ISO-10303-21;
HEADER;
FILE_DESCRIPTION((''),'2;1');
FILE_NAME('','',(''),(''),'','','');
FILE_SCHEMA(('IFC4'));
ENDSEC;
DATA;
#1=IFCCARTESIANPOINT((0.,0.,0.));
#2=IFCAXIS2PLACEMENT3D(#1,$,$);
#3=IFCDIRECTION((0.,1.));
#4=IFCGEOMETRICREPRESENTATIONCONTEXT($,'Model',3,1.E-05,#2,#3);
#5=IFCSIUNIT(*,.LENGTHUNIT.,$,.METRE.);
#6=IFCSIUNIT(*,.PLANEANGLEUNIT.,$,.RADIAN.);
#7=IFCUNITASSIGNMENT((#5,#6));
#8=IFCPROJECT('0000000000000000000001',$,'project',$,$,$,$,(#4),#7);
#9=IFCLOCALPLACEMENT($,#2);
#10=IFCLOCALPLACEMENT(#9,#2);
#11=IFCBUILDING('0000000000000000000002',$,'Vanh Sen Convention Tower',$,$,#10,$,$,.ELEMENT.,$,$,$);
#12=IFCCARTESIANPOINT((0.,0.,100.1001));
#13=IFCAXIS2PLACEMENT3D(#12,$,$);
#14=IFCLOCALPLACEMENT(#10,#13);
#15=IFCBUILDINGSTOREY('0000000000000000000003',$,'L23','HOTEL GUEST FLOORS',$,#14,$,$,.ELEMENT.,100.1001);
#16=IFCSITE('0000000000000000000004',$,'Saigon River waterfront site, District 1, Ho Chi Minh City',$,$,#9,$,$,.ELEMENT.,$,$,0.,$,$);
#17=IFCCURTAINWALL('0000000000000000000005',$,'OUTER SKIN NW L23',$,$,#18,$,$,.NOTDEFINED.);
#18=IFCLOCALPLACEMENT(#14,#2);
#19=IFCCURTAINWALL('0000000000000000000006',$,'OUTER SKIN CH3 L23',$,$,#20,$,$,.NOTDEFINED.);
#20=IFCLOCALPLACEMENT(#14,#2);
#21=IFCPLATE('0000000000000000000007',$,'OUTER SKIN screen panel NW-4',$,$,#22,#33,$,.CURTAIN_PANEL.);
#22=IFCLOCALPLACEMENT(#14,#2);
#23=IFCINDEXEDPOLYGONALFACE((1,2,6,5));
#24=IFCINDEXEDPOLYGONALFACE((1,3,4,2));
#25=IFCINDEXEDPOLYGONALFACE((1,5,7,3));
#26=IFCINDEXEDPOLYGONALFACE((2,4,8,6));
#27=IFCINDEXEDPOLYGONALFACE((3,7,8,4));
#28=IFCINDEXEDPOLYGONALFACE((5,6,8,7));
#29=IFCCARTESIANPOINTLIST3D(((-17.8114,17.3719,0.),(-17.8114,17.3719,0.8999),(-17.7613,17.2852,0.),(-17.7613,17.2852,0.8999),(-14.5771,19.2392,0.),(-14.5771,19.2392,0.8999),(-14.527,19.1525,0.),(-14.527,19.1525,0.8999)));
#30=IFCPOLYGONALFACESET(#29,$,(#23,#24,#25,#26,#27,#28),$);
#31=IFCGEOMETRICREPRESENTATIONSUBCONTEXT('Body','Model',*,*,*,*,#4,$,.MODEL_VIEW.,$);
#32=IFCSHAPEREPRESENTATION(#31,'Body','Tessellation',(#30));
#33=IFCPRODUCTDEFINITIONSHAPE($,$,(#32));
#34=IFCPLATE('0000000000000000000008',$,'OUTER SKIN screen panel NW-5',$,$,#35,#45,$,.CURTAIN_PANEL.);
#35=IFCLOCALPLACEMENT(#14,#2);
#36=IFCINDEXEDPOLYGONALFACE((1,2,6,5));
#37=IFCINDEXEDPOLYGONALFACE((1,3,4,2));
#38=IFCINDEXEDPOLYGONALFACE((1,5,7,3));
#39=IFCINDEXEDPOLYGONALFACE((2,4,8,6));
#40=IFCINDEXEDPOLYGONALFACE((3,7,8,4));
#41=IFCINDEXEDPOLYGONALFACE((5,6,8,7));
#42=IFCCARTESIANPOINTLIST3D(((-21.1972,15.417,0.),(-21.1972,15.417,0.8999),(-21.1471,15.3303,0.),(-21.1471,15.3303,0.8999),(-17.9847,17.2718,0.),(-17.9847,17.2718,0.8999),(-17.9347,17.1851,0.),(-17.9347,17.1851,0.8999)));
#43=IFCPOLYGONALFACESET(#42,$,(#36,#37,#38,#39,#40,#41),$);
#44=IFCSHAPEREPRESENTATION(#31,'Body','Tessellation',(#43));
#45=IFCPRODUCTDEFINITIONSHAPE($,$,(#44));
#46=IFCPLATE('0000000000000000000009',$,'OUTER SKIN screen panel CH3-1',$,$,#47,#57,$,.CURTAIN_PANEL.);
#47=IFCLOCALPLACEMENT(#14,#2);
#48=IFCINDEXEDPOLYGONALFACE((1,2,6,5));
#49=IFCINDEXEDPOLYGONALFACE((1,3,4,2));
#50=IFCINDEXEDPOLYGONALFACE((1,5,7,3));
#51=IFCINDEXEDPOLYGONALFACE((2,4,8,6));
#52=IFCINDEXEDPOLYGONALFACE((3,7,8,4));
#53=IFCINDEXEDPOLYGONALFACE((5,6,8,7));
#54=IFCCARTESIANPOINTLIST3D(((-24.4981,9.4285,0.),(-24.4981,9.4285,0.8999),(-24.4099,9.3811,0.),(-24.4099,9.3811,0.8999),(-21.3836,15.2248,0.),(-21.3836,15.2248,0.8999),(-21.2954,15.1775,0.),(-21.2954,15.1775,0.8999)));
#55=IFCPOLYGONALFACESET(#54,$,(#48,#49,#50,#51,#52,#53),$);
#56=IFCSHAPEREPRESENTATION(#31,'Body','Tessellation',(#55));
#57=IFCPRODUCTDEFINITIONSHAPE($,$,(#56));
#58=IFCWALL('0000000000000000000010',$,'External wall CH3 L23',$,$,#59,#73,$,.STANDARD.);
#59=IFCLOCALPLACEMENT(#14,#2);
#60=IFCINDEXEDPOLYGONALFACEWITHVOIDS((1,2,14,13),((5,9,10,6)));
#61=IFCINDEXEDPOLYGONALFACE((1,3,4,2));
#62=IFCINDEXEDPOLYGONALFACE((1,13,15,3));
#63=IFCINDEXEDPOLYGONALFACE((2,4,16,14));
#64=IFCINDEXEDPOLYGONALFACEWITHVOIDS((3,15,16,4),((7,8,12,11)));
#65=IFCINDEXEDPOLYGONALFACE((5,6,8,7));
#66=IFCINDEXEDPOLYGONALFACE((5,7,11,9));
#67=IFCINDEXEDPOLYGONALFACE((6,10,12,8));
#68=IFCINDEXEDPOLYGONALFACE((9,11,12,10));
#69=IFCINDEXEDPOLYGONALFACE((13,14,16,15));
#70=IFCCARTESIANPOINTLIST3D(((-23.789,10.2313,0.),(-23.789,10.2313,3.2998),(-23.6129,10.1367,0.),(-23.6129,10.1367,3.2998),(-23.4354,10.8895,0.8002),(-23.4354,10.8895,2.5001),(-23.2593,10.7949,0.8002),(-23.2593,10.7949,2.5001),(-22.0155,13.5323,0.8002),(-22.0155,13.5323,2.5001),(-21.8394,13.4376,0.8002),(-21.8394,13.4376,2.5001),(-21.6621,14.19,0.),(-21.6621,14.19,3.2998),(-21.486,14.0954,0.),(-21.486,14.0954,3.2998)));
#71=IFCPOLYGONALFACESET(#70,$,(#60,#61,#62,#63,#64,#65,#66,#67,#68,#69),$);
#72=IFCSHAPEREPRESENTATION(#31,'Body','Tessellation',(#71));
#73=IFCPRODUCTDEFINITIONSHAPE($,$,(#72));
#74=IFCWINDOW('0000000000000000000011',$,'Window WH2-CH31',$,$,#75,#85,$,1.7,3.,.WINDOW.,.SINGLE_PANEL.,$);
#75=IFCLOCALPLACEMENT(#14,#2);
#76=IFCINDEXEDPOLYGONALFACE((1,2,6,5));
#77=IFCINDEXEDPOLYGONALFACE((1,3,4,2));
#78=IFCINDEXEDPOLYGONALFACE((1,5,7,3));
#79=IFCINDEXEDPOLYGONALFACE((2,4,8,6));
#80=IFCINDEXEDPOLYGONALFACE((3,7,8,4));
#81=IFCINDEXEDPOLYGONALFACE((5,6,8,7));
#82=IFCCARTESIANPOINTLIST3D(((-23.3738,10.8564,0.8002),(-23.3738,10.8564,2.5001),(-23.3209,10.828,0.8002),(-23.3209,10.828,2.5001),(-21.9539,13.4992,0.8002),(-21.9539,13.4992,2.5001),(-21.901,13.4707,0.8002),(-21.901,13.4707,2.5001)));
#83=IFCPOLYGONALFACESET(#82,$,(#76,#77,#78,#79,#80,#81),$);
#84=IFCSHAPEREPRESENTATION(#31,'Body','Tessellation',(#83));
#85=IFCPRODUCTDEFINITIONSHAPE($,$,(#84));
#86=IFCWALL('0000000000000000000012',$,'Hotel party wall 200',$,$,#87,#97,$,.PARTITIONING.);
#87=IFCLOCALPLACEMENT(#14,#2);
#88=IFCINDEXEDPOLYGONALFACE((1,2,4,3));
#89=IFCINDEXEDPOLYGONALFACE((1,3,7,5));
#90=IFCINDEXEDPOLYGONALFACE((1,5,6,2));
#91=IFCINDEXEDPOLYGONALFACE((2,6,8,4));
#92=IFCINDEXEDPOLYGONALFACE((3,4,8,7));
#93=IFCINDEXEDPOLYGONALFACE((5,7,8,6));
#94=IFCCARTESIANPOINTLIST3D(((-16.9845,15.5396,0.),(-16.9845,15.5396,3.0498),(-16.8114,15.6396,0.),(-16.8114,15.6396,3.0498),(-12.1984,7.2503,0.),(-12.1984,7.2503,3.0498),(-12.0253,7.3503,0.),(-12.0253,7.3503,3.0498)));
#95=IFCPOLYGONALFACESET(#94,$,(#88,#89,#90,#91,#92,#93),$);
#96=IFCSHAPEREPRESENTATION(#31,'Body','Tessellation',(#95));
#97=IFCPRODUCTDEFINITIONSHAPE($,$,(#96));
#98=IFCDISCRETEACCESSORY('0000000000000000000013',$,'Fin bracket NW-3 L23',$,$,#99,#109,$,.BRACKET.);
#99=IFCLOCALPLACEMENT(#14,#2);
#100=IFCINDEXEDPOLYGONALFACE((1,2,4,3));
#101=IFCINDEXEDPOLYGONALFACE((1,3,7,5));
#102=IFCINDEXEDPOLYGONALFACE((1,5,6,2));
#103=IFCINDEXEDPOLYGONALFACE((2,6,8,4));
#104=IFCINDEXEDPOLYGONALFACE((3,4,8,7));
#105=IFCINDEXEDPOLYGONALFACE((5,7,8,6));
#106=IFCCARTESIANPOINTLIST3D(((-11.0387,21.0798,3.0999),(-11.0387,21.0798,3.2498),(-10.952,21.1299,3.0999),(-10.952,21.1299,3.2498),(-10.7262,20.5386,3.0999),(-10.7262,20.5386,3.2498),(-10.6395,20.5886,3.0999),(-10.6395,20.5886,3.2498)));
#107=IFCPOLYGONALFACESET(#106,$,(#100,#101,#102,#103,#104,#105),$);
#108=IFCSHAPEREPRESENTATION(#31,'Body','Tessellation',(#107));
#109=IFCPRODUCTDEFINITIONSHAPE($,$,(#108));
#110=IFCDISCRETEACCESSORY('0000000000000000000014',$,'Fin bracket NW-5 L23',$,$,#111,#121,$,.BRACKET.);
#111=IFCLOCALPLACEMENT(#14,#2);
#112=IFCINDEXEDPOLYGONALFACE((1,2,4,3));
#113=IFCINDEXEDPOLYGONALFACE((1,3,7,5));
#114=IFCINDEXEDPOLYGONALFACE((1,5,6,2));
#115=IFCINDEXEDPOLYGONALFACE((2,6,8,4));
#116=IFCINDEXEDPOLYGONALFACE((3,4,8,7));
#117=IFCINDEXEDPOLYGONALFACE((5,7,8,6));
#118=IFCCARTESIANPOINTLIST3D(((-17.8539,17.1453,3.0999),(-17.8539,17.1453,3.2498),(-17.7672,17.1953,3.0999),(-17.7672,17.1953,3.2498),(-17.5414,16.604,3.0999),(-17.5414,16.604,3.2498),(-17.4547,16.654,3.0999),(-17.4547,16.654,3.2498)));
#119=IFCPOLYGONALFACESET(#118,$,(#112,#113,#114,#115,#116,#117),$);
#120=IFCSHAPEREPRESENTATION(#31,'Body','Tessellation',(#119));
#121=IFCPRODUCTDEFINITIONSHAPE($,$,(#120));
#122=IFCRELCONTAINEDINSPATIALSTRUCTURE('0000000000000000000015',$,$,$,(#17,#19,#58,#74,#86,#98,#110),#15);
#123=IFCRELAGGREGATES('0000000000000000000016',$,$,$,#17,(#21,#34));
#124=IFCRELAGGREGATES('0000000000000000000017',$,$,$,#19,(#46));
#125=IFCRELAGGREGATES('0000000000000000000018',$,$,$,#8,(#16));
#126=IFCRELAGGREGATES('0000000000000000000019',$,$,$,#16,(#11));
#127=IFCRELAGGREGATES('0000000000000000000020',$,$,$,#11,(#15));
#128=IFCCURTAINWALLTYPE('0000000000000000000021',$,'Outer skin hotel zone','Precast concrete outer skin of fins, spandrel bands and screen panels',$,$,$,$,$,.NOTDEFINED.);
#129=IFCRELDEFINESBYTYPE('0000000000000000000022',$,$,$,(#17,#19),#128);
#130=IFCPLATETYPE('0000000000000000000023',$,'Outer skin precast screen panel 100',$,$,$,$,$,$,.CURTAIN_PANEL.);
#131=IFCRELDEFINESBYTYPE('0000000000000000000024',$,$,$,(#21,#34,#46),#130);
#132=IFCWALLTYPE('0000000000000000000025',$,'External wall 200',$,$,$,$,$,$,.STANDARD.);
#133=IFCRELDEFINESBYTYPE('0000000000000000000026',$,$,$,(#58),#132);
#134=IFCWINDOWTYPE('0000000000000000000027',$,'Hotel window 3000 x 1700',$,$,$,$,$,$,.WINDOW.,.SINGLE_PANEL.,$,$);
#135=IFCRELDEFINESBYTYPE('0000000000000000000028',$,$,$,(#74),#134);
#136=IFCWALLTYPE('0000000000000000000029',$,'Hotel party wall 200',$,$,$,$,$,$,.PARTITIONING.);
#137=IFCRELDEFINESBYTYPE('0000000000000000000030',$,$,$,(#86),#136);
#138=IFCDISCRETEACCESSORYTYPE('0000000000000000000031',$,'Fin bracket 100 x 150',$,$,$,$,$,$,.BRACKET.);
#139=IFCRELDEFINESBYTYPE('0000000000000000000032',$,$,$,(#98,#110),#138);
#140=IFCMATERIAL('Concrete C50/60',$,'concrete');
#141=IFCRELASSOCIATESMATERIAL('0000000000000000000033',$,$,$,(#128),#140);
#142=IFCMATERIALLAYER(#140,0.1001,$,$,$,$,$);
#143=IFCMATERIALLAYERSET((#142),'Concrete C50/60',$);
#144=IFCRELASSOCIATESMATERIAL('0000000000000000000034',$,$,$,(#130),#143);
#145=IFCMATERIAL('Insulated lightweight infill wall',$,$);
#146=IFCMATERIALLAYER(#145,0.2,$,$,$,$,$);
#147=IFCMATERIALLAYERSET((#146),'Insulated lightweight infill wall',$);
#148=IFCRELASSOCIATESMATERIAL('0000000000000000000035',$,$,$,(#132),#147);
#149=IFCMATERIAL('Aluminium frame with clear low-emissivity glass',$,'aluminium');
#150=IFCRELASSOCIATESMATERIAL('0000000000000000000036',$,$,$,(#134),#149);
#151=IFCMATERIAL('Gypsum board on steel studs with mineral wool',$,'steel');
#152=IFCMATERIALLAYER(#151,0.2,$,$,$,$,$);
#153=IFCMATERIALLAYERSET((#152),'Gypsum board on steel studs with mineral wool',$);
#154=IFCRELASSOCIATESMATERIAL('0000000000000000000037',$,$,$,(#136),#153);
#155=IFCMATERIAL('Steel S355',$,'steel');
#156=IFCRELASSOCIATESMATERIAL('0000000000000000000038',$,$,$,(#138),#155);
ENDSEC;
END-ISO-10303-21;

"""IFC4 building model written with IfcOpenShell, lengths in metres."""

from ifc_helpers import new_model, si_unit, direction, frame, frame_2d, origin, origin_2d, place, context, subcontext, project, spatial, rectangle, extrude, material, layer, layer_set, type_object, element, fill, aggregate, save


model = new_model("IFC4")

# Units and contexts
model_context = context("Model", 3, precision=1e-05, world=origin(), true_north=direction((0.0, 1.0)))
body_context = subcontext(model_context, "Body", "Model", "MODEL_VIEW")
ifc_project = project(units=[si_unit("LENGTHUNIT", "METRE"), si_unit("PLANEANGLEUNIT", "RADIAN")], contexts=[model_context])

# Site, building, storey
site_placement = place(None, origin())
site = spatial("IfcSite", under=ifc_project, at=site_placement, Name="Saigon River waterfront site, District 1, Ho Chi Minh City", CompositionType="ELEMENT", RefElevation=0.0)
building_placement = place(site_placement, origin())
building = spatial("IfcBuilding", under=site, at=building_placement, Name="Vanh Sen Convention Tower", CompositionType="ELEMENT")
storey_placement = place(building_placement, frame((0.0, 0.0, 100.1001)))
storey = spatial("IfcBuildingStorey", under=building, at=storey_placement, Name="L23", Description="HOTEL GUEST FLOORS", CompositionType="ELEMENT", Elevation=100.1001)

# Curtain wall
ifc_material_1 = material(Name="Concrete C50/60", Category="concrete")
curtain_wall_type = type_object("IfcCurtainWallType", Name="Outer skin hotel zone", Description="Precast concrete outer skin of fins, spandrel bands and screen panels", PredefinedType="NOTDEFINED", material=ifc_material_1)
curtain_wall_1_placement = place(storey_placement, origin())
curtain_wall_1 = element("IfcCurtainWall", 1, at=curtain_wall_1_placement, inside=storey, type_object=curtain_wall_type, Name="OUTER SKIN NW L23", PredefinedType="NOTDEFINED")

# Curtain wall
curtain_wall_2_placement = place(storey_placement, origin())
curtain_wall_2 = element("IfcCurtainWall", 2, at=curtain_wall_2_placement, inside=storey, type_object=curtain_wall_type, Name="OUTER SKIN CH3 L23", PredefinedType="NOTDEFINED")

# Plates
ifc_layer_1 = layer(ifc_material_1, 0.1001)
ifc_layer_set_1 = layer_set([ifc_layer_1], Name="Concrete C50/60")
plate_type = type_object("IfcPlateType", Name="Outer skin precast screen panel 100", PredefinedType="CURTAIN_PANEL", material=ifc_layer_set_1)
plate_1_placement = place(storey_placement, frame((-16.1692, 18.2622, 0.0), z_axis=(0.0, 0.0, 1.0), x_axis=(-0.866028, -0.499995, 0.0)))
plate_1 = element("IfcPlate", 3, at=plate_1_placement, type_object=plate_type, Name="OUTER SKIN screen panel NW-4", PredefinedType="CURTAIN_PANEL", context=body_context, shape_type="SweptSolid", body=[
    extrude(rectangle(XDim=3.7346, YDim=0.1001, at=origin_2d()), origin(), (0.0, 0.0, 1.0), 0.8999),
])
plate_2_placement = place(storey_placement, frame((-19.5659, 16.301, 0.0), z_axis=(0.0, 0.0, 1.0), x_axis=(-0.866021, -0.500008, 0.0)))
plate_2 = element("IfcPlate", 4, at=plate_2_placement, type_object=plate_type, Name="OUTER SKIN screen panel NW-5", PredefinedType="CURTAIN_PANEL", context=body_context, shape_type="SweptSolid", body=[
    extrude(rectangle(XDim=3.7095, YDim=0.1001, at=origin_2d()), origin(), (0.0, 0.0, 1.0), 0.8999),
])
aggregate(curtain_wall_1, [plate_1, plate_2])
plate_3_placement = place(storey_placement, frame((-22.8967, 12.303, 0.0), z_axis=(0.0, 0.0, 1.0), x_axis=(-0.473318, -0.880892, 0.0)))
plate_3 = element("IfcPlate", 5, at=plate_3_placement, type_object=plate_type, Name="OUTER SKIN screen panel CH3-1", PredefinedType="CURTAIN_PANEL", context=body_context, shape_type="SweptSolid", body=[
    extrude(rectangle(XDim=6.5801, YDim=0.1001, at=origin_2d()), origin(), (0.0, 0.0, 1.0), 0.8999),
])
aggregate(curtain_wall_2, [plate_3])

# Wall, opening, window
ifc_material_2 = material(Name="Insulated lightweight infill wall")
ifc_layer_2 = layer(ifc_material_2, 0.2)
ifc_layer_set_2 = layer_set([ifc_layer_2], Name="Insulated lightweight infill wall")
wall_type_1 = type_object("IfcWallType", Name="External wall 200", PredefinedType="STANDARD", material=ifc_layer_set_2)
wall_1_placement = place(storey_placement, frame((-21.574, 14.1428, 0.0), z_axis=(0.0, 0.0, 1.0), x_axis=(-0.473293, -0.880905, 0.0)))
wall_1 = element("IfcWall", 6, at=wall_1_placement, inside=storey, type_object=wall_type_1, Name="External wall CH3 L23", PredefinedType="STANDARD", context=body_context, shape_type="SweptSolid", body=[
    extrude(rectangle(XDim=4.4939, YDim=0.2, at=frame_2d((2.2471, 0.0))), origin(), (0.0, 0.0, 1.0), 3.2998),
])
opening_placement = place(wall_1_placement, frame((0.7468, 0.0, 0.8)))
opening = element("IfcOpeningElement", 7, at=opening_placement, cuts=wall_1, PredefinedType="OPENING", context=body_context, shape_type="SweptSolid", body=[
    extrude(rectangle(XDim=3.0, YDim=1.7, at=frame_2d((1.5, 0.8501))), frame((0.0, 0.1099, 0.0), z_axis=(0.0, -1.0, 0.0), x_axis=(1.0, 0.0, 0.0)), (0.0, 0.0, 1.0), 0.22),
])
ifc_material_3 = material(Name="Aluminium frame with clear low-emissivity glass", Category="aluminium")
window_type = type_object("IfcWindowType", Name="Hotel window 3000 x 1700", PartitioningType="SINGLE_PANEL", PredefinedType="WINDOW", material=ifc_material_3)
window_placement = place(opening_placement, origin())
window = element("IfcWindow", 8, at=window_placement, inside=storey, type_object=window_type, Name="Window WH2-CH31", OverallHeight=1.7, OverallWidth=3.0, PartitioningType="SINGLE_PANEL", PredefinedType="WINDOW", context=body_context, shape_type="SweptSolid", body=[
    extrude(rectangle(XDim=3.0, YDim=1.7, at=frame_2d((1.5, 0.8501))), frame((0.0, 0.03, 0.0), z_axis=(0.0, -1.0, 0.0), x_axis=(1.0, 0.0, 0.0)), (0.0, 0.0, 1.0), 0.0601),
])
fill(opening, window)

# Wall
ifc_material_4 = material(Name="Gypsum board on steel studs with mineral wool", Category="steel")
ifc_layer_3 = layer(ifc_material_4, 0.2)
ifc_layer_set_3 = layer_set([ifc_layer_3], Name="Gypsum board on steel studs with mineral wool")
wall_type_2 = type_object("IfcWallType", Name="Hotel party wall 200", PredefinedType="PARTITIONING", material=ifc_layer_set_3)
wall_2_placement = place(storey_placement, frame((-16.8979, 15.5896, 0.0), z_axis=(0.0, 0.0, 1.0), x_axis=(0.500023, -0.866012, 0.0)))
element("IfcWall", 9, at=wall_2_placement, inside=storey, type_object=wall_type_2, Name="Hotel party wall 200", PredefinedType="PARTITIONING", context=body_context, shape_type="SweptSolid", body=[
    extrude(rectangle(XDim=9.5718, YDim=0.2, at=frame_2d((4.7859, 0.0))), origin(), (0.0, 0.0, 1.0), 3.0498),
])

# Discrete accessories
ifc_material_5 = material(Name="Steel S355", Category="steel")
discrete_accessory_type = type_object("IfcDiscreteAccessoryType", Name="Fin bracket 100 x 150", PredefinedType="BRACKET", material=ifc_material_5)
for number, where, z_axis, x_axis, name in (
    (10, (-10.8391, 20.8342, 3.0999), (0.0, 0.0, 1.0), (-0.5, 0.866025, 0.0), "Fin bracket NW-3 L23"),
    (11, (-17.6543, 16.8997, 3.0999), (0.0, 0.0, 1.0), (-0.5, 0.866025, 0.0), "Fin bracket NW-5 L23"),
):
    element("IfcDiscreteAccessory", number, at=place(storey_placement, frame(where, z_axis=z_axis, x_axis=x_axis)), inside=storey, type_object=discrete_accessory_type, Name=name, PredefinedType="BRACKET", context=body_context, shape_type="SweptSolid", body=[
        extrude(rectangle(XDim=0.625, YDim=0.1001, at=origin_2d()), origin(), (0.0, 0.0, 1.0), 0.1499),
    ])

save(model, "model.ifc")
